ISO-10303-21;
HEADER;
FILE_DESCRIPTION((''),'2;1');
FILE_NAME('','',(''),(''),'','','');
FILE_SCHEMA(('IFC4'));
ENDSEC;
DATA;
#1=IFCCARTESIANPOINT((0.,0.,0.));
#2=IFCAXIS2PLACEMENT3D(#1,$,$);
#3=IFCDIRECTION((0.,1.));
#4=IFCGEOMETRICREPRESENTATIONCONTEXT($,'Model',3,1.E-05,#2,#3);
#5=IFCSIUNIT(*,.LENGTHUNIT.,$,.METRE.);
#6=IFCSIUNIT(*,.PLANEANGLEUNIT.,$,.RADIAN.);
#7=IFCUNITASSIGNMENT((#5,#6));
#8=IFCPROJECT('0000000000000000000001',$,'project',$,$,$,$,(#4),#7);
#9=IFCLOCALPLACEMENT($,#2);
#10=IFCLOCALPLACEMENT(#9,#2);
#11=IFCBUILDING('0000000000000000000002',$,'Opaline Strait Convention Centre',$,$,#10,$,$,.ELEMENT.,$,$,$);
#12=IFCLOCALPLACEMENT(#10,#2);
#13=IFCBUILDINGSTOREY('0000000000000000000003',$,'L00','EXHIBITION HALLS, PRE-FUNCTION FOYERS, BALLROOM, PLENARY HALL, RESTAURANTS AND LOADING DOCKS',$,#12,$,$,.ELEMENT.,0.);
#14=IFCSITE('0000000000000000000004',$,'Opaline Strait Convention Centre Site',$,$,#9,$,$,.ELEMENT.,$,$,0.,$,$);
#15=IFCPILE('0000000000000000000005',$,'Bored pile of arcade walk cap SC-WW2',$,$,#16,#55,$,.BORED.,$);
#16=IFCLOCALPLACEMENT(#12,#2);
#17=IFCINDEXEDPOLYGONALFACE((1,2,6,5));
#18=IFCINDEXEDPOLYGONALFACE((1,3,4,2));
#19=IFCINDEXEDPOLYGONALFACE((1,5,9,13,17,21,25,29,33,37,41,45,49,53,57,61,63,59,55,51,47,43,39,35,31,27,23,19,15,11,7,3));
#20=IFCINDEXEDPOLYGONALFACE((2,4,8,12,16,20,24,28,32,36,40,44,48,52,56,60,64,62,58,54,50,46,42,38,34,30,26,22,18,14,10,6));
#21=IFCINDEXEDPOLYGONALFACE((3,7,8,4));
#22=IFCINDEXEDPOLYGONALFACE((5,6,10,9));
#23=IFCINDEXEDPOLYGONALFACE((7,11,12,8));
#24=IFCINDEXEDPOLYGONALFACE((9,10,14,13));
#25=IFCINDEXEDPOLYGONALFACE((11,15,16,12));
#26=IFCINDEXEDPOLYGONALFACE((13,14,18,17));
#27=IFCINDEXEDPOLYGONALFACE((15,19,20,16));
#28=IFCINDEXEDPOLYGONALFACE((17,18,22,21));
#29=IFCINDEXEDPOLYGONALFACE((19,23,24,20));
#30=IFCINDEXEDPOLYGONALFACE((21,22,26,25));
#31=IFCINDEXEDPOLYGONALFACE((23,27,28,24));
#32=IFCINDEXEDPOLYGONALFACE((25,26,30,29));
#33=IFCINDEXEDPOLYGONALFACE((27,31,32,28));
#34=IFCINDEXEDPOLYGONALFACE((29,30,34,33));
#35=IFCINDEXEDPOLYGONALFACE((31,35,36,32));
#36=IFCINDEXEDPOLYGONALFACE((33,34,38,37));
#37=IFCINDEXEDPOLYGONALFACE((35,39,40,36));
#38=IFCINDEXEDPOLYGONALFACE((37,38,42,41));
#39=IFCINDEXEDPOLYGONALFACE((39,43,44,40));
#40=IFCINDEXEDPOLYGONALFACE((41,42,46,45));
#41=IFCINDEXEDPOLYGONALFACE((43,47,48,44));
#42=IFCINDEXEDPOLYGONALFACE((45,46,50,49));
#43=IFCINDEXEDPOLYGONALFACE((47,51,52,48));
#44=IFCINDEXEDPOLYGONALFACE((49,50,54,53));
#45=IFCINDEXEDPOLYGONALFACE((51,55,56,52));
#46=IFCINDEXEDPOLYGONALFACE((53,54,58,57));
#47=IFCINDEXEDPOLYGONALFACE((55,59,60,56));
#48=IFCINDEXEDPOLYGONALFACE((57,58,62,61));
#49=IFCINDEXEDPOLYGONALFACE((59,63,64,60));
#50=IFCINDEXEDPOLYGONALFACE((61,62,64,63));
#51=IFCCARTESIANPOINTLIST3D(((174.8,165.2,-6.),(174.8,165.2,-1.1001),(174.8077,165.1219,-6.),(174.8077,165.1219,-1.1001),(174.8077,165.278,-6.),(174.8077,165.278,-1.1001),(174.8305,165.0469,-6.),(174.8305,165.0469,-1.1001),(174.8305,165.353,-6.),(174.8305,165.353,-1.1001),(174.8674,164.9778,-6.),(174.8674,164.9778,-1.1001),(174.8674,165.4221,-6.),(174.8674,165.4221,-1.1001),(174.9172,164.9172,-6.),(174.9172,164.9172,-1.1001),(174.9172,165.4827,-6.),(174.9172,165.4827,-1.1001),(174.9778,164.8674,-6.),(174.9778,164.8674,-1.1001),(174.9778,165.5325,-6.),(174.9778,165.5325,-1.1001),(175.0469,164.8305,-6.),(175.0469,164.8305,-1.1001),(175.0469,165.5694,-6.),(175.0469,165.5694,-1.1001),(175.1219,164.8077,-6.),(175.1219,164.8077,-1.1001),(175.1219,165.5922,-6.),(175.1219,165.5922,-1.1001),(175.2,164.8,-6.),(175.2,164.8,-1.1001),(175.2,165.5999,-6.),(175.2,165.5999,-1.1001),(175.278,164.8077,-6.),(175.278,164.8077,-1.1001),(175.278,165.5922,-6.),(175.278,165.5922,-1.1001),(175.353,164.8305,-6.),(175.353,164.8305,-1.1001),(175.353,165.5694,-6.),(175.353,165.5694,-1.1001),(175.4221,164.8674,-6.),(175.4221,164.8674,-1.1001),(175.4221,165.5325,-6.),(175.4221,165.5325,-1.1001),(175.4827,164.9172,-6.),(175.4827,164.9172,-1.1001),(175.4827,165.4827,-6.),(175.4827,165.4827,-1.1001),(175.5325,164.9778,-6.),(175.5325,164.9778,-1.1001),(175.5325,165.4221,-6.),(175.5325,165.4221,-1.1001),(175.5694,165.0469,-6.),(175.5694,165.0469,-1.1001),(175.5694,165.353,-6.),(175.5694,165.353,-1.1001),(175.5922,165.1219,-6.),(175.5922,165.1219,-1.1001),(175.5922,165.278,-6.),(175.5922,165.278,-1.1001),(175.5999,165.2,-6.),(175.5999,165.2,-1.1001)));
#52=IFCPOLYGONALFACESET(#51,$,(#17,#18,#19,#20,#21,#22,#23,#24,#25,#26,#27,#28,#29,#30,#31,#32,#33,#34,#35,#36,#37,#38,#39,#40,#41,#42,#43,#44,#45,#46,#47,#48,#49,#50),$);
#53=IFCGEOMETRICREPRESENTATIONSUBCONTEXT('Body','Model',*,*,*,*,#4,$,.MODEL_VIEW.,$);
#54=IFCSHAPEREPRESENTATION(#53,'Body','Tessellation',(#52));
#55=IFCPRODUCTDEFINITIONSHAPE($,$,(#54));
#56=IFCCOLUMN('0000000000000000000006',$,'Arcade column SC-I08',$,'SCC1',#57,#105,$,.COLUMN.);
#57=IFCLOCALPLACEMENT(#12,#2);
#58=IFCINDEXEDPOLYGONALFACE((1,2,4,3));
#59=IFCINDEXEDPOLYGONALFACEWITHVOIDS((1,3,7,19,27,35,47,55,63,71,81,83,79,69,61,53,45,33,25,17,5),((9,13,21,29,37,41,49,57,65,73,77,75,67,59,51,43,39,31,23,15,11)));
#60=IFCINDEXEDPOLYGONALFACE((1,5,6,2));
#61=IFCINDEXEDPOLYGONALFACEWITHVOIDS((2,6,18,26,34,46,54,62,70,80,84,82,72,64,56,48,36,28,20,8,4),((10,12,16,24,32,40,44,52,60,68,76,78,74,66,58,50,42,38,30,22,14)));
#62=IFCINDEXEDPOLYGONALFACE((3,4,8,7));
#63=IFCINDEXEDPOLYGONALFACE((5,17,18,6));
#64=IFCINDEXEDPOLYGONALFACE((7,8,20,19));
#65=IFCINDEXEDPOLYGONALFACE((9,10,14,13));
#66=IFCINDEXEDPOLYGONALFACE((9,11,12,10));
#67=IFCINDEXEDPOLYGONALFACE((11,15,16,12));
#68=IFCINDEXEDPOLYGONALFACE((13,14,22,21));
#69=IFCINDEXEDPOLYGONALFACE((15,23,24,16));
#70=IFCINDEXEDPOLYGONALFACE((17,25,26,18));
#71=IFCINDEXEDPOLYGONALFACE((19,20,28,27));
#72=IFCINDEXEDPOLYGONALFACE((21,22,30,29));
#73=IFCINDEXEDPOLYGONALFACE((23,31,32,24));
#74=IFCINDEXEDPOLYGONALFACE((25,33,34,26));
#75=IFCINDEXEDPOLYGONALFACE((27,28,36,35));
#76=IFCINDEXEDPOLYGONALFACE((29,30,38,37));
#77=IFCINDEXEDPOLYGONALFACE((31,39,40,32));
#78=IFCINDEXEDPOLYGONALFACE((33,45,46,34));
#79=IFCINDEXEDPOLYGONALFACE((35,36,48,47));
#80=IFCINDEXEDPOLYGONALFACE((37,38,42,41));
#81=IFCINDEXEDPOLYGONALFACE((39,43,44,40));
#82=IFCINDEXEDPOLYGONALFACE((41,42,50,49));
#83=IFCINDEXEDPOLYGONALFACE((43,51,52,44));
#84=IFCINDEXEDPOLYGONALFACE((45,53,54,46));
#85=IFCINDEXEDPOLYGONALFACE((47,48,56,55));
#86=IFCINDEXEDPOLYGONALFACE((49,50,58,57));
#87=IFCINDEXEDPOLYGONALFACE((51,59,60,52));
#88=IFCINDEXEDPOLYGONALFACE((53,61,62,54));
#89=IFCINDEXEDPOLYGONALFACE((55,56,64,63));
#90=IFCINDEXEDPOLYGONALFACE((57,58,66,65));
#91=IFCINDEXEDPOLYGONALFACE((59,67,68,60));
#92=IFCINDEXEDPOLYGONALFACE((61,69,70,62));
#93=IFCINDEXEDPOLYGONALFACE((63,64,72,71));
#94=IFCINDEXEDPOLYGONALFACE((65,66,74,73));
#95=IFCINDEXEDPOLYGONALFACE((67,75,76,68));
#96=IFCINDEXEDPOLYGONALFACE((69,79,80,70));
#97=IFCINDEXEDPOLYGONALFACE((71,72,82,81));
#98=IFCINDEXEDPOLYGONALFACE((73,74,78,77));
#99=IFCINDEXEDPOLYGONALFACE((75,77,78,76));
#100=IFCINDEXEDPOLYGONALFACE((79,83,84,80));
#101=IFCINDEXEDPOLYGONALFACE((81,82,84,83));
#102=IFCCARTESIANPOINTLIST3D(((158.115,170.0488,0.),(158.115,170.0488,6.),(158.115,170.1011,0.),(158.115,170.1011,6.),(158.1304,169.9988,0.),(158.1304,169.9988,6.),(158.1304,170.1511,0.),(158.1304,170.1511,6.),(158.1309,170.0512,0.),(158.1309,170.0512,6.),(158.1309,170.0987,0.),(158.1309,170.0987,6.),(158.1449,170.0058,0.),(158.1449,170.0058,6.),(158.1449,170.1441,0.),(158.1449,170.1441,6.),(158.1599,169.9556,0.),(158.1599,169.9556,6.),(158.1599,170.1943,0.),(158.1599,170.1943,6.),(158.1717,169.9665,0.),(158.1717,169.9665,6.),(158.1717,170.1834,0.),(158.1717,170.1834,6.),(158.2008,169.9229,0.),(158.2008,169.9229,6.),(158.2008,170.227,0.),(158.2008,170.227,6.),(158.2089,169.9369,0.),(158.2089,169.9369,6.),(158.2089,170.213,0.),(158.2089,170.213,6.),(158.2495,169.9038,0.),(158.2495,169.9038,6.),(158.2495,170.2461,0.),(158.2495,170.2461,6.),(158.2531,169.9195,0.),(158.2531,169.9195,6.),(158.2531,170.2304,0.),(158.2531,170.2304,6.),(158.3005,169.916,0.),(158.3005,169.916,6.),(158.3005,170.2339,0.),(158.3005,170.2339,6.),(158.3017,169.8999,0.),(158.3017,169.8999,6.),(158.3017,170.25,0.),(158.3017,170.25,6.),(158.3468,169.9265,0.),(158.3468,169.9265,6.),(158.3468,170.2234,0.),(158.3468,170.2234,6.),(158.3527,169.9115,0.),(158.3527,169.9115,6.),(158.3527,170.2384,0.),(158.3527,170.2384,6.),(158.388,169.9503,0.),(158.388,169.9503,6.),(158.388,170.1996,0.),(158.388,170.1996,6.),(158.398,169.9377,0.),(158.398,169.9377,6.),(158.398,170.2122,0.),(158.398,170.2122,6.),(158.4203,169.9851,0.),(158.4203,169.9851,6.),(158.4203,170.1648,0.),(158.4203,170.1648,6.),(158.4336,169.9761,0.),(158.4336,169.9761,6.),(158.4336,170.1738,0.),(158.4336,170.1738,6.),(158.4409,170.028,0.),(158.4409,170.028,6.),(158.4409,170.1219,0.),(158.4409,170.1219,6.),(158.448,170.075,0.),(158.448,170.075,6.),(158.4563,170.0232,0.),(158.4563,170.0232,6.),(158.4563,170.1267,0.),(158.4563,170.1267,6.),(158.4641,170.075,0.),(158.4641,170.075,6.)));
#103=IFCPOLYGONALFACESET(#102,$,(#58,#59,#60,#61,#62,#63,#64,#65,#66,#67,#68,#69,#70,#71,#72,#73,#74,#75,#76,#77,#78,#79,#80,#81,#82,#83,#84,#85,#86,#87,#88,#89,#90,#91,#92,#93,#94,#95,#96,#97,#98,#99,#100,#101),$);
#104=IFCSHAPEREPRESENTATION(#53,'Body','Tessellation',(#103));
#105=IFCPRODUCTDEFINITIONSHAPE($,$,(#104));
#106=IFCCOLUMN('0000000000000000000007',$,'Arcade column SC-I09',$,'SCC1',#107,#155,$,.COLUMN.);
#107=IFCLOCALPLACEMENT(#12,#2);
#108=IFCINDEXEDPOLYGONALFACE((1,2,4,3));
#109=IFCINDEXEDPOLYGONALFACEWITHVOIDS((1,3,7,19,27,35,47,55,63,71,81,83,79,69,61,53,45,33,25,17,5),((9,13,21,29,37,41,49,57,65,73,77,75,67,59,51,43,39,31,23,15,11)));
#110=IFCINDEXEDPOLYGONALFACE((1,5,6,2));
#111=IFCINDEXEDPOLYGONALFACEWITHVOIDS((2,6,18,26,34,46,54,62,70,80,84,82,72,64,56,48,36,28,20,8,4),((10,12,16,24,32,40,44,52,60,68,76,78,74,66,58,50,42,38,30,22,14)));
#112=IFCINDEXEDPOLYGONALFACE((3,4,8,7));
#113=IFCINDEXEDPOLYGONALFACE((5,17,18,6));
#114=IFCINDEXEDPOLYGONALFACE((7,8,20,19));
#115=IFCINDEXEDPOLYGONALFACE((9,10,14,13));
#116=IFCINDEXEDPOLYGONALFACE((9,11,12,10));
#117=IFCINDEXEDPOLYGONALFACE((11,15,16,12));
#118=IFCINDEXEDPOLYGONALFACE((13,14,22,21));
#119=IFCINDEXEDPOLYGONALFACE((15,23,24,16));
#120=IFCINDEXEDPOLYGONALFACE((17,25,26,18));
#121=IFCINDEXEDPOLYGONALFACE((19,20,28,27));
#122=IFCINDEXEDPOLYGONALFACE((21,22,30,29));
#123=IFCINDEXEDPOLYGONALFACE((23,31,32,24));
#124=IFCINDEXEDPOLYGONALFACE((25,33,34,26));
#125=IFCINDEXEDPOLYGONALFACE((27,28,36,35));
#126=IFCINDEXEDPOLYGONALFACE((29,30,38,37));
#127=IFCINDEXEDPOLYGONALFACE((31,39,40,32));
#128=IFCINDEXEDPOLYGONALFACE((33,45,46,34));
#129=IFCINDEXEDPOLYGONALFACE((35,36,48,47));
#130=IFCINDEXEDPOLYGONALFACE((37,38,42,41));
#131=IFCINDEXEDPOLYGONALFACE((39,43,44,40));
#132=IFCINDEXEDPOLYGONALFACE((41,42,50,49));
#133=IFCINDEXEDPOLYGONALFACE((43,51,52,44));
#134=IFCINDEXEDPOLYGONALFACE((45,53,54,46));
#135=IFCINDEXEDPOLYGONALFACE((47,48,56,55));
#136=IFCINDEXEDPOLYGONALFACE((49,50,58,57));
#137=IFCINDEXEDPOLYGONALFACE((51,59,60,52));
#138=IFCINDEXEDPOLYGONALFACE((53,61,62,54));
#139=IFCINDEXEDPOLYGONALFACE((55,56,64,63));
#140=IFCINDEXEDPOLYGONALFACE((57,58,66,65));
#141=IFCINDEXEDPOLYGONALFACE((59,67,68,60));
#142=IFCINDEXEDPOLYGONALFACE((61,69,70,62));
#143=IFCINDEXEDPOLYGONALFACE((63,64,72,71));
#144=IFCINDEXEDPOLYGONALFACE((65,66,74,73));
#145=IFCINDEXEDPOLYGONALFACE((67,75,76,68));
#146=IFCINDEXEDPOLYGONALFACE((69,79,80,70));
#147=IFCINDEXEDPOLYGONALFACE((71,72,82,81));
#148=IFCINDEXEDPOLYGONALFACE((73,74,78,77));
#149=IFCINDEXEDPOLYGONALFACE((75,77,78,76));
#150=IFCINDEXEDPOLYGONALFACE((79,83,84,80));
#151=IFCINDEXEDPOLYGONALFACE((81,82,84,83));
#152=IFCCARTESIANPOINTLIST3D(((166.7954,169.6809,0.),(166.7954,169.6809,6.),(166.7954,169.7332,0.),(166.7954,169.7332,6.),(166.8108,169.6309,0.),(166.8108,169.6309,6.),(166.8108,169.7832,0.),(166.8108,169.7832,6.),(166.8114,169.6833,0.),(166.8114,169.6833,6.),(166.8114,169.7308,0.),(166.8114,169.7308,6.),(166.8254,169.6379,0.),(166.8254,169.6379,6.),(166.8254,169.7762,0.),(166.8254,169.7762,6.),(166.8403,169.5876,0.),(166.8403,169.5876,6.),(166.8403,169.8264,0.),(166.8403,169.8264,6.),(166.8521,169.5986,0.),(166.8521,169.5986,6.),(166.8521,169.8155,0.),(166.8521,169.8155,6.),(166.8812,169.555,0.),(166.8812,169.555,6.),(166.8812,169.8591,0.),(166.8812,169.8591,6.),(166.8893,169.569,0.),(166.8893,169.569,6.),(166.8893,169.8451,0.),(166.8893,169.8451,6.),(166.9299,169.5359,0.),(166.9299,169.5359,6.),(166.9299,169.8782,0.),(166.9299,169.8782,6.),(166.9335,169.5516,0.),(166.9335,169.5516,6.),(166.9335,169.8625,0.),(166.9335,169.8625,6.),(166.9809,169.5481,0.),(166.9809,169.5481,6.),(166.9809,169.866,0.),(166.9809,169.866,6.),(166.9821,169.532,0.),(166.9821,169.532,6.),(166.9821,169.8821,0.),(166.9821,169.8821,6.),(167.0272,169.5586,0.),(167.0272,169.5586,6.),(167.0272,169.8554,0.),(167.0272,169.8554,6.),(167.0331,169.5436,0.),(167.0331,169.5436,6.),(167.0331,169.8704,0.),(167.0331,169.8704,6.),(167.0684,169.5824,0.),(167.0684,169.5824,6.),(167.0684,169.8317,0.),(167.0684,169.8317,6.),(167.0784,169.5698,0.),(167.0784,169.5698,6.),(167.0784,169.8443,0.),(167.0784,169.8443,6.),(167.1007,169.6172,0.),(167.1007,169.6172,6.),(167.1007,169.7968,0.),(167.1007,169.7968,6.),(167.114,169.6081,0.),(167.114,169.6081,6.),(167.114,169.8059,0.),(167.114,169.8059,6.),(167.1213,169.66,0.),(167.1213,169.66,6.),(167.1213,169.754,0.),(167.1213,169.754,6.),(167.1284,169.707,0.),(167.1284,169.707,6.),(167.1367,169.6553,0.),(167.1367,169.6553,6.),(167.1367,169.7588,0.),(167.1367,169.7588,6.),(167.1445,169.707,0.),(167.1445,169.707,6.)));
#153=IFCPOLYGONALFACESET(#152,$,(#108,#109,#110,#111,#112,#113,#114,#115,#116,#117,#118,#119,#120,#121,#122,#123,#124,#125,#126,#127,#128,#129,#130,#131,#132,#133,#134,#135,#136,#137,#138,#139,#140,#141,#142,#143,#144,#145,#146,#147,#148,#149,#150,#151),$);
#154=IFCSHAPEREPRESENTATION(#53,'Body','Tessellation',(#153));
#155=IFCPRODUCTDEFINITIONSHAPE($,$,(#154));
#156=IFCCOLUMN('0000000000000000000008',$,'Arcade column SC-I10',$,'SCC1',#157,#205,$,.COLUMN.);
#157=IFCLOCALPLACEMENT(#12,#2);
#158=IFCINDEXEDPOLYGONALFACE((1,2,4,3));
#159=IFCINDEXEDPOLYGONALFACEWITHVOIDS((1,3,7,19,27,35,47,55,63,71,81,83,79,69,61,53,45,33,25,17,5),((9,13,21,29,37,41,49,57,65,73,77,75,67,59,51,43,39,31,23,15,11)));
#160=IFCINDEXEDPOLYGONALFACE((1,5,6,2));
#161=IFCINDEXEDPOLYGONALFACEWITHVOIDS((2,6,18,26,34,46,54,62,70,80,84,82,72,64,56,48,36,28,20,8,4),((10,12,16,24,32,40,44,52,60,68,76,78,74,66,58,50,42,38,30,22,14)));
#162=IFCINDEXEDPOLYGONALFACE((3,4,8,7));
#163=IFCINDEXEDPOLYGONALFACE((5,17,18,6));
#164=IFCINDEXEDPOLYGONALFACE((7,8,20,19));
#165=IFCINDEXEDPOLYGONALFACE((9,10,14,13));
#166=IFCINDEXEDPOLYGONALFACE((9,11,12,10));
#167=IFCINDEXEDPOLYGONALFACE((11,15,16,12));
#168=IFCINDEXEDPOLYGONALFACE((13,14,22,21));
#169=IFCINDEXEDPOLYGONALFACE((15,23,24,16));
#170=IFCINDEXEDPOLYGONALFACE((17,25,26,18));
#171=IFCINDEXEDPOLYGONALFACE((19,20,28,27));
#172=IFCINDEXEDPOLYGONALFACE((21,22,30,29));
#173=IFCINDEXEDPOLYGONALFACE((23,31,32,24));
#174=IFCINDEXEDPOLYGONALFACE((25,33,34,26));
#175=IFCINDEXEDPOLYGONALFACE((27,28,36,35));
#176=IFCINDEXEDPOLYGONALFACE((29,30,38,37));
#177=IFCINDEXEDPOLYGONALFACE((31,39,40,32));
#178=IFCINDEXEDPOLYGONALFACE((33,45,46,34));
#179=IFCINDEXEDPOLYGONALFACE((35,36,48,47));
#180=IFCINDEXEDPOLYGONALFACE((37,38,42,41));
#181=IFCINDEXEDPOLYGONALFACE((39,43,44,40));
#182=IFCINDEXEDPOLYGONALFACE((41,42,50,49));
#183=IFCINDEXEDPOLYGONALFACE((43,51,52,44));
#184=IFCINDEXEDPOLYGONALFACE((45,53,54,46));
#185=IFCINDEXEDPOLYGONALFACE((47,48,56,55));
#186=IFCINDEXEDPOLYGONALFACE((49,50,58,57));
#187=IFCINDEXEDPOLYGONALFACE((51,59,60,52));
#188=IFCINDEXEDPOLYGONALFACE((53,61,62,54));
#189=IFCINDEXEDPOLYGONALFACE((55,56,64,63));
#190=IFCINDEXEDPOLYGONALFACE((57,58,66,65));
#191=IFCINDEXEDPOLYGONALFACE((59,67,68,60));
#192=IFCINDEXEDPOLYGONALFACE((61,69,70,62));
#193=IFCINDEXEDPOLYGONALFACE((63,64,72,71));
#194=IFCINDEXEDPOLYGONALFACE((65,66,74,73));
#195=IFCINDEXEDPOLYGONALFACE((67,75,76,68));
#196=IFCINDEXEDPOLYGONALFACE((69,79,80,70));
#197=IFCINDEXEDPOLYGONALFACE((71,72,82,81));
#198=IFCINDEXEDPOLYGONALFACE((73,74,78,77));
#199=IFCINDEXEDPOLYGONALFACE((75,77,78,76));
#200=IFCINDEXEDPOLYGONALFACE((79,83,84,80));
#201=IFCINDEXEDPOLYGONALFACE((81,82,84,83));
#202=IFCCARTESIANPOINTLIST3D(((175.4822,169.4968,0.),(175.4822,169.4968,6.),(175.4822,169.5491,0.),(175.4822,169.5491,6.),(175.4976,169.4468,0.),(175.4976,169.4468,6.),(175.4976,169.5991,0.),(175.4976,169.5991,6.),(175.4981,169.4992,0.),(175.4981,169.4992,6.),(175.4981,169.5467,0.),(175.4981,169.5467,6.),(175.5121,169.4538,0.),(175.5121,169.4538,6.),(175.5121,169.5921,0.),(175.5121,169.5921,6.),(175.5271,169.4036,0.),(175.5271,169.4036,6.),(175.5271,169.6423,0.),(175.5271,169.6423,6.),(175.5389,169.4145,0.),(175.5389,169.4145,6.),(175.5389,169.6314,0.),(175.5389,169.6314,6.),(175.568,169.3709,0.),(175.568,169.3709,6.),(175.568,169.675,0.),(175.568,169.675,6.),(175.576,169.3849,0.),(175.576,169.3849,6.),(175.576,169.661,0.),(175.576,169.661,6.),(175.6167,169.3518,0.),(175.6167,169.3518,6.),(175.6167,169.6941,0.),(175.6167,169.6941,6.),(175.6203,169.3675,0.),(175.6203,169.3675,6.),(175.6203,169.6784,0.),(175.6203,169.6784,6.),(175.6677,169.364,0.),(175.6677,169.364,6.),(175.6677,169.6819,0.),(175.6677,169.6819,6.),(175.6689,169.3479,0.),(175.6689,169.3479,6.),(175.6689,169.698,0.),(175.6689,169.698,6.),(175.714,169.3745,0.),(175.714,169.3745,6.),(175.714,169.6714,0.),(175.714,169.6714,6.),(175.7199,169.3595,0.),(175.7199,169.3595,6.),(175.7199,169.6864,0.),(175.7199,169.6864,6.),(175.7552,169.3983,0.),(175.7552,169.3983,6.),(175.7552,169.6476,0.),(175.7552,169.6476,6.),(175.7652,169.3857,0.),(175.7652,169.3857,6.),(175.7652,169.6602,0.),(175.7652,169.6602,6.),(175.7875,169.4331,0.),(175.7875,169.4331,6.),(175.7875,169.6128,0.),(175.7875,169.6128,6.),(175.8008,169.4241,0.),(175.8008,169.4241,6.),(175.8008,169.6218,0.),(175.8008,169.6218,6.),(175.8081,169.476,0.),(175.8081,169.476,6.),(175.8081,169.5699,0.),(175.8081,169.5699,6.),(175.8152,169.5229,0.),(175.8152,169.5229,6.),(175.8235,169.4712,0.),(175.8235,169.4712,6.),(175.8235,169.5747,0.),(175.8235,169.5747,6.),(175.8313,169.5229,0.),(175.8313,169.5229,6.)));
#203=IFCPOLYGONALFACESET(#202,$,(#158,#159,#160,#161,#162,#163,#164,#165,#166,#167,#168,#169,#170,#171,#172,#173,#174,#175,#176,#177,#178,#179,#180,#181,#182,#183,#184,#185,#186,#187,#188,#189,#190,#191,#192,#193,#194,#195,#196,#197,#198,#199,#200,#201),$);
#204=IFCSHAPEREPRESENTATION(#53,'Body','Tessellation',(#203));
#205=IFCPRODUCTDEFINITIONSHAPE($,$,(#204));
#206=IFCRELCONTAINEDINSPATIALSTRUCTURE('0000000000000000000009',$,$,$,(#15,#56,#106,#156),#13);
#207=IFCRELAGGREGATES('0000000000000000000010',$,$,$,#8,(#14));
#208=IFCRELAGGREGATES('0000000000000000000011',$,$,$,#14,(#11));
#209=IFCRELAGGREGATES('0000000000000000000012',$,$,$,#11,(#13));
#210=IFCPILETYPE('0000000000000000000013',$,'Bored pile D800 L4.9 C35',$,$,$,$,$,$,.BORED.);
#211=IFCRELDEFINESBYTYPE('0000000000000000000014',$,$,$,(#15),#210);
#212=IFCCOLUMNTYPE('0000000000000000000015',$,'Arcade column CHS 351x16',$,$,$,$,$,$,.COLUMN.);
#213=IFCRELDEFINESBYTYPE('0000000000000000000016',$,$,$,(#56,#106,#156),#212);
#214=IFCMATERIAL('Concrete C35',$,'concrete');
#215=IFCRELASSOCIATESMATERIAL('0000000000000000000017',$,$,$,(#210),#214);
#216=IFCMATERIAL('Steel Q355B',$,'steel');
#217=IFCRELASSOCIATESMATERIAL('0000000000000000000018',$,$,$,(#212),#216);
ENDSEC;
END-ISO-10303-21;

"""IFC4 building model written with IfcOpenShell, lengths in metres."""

from ifc_helpers import new_model, si_unit, direction, frame, origin, origin_2d, place, context, subcontext, project, spatial, circle, hollow_circle, extrude, material, material_profile, profile_set, type_object, element, save


model = new_model("IFC4")

# Units and contexts
model_context = context("Model", 3, precision=1e-05, world=origin(), true_north=direction((0.0, 1.0)))
body_context = subcontext(model_context, "Body", "Model", "MODEL_VIEW")
ifc_project = project(units=[si_unit("LENGTHUNIT", "METRE"), si_unit("PLANEANGLEUNIT", "RADIAN")], contexts=[model_context])

# Site, building, storey
site_placement = place(None, origin())
site = spatial("IfcSite", under=ifc_project, at=site_placement, Name="Opaline Strait Convention Centre Site", CompositionType="ELEMENT", RefElevation=0.0)
building_placement = place(site_placement, origin())
building = spatial("IfcBuilding", under=site, at=building_placement, Name="Opaline Strait Convention Centre", CompositionType="ELEMENT")
storey_placement = place(building_placement, origin())
storey = spatial("IfcBuildingStorey", under=building, at=storey_placement, Name="L00", Description="EXHIBITION HALLS, PRE-FUNCTION FOYERS, BALLROOM, PLENARY HALL, RESTAURANTS AND LOADING DOCKS", CompositionType="ELEMENT", Elevation=0.0)

# Pile
ifc_material_1 = material(Name="Concrete C35", Category="concrete")
ifc_material_profile_1 = material_profile(ifc_material_1, circle(Radius=0.3999, at=origin_2d()), Name="D800")
ifc_profile_set_1 = profile_set([ifc_material_profile_1], Name="Concrete C35")
pile_type_1 = type_object("IfcPileType", Name="Bored pile D800 L4.9 C35", PredefinedType="BORED", material=ifc_profile_set_1)
for number, where, z_axis, x_axis, name in (
    (1, (175.2, 165.2, -1.1001), (0.0, 0.0, -1.0), (1.0, 0.0, 0.0), "Bored pile of arcade walk cap SC-WW2"),
):
    element("IfcPile", number, at=place(storey_placement, frame(where, z_axis=z_axis, x_axis=x_axis)), inside=storey, type_object=pile_type_1, Name=name, PredefinedType="BORED", context=body_context, shape_type="SweptSolid", body=[
        extrude(circle(Radius=0.3999, at=origin_2d()), origin(), (0.0, 0.0, 1.0), 4.8999),
    ])

# Columns
ifc_material_2 = material(Name="Steel Q355B", Category="steel")
ifc_material_profile_2 = material_profile(ifc_material_2, hollow_circle(Radius=0.1755, WallThickness=0.0161, at=origin_2d()), Name="CHS 351x16")
ifc_profile_set_2 = profile_set([ifc_material_profile_2], Name="Steel Q355B")
column_type = type_object("IfcColumnType", Name="Arcade column CHS 351x16", PredefinedType="COLUMN", material=ifc_profile_set_2)
for number, where, z_axis, x_axis, name in (
    (2, (158.2886, 170.075, 0.0), (0.0, 0.0, 1.0), (1.0, 0.0, 0.0), "Arcade column SC-I08"),
    (3, (166.969, 169.707, 0.0), (0.0, 0.0, 1.0), (1.0, 0.0, 0.0), "Arcade column SC-I09"),
    (4, (175.6558, 169.5229, 0.0), (0.0, 0.0, 1.0), (1.0, 0.0, 0.0), "Arcade column SC-I10"),
):
    element("IfcColumn", number, at=place(storey_placement, frame(where, z_axis=z_axis, x_axis=x_axis)), inside=storey, type_object=column_type, Name=name, ObjectType="SCC1", PredefinedType="COLUMN", context=body_context, shape_type="SweptSolid", body=[
        extrude(hollow_circle(Radius=0.1755, WallThickness=0.0161, at=origin_2d()), origin(), (0.0, 0.0, 1.0), 6.0),
    ])

save(model, "model.ifc")
